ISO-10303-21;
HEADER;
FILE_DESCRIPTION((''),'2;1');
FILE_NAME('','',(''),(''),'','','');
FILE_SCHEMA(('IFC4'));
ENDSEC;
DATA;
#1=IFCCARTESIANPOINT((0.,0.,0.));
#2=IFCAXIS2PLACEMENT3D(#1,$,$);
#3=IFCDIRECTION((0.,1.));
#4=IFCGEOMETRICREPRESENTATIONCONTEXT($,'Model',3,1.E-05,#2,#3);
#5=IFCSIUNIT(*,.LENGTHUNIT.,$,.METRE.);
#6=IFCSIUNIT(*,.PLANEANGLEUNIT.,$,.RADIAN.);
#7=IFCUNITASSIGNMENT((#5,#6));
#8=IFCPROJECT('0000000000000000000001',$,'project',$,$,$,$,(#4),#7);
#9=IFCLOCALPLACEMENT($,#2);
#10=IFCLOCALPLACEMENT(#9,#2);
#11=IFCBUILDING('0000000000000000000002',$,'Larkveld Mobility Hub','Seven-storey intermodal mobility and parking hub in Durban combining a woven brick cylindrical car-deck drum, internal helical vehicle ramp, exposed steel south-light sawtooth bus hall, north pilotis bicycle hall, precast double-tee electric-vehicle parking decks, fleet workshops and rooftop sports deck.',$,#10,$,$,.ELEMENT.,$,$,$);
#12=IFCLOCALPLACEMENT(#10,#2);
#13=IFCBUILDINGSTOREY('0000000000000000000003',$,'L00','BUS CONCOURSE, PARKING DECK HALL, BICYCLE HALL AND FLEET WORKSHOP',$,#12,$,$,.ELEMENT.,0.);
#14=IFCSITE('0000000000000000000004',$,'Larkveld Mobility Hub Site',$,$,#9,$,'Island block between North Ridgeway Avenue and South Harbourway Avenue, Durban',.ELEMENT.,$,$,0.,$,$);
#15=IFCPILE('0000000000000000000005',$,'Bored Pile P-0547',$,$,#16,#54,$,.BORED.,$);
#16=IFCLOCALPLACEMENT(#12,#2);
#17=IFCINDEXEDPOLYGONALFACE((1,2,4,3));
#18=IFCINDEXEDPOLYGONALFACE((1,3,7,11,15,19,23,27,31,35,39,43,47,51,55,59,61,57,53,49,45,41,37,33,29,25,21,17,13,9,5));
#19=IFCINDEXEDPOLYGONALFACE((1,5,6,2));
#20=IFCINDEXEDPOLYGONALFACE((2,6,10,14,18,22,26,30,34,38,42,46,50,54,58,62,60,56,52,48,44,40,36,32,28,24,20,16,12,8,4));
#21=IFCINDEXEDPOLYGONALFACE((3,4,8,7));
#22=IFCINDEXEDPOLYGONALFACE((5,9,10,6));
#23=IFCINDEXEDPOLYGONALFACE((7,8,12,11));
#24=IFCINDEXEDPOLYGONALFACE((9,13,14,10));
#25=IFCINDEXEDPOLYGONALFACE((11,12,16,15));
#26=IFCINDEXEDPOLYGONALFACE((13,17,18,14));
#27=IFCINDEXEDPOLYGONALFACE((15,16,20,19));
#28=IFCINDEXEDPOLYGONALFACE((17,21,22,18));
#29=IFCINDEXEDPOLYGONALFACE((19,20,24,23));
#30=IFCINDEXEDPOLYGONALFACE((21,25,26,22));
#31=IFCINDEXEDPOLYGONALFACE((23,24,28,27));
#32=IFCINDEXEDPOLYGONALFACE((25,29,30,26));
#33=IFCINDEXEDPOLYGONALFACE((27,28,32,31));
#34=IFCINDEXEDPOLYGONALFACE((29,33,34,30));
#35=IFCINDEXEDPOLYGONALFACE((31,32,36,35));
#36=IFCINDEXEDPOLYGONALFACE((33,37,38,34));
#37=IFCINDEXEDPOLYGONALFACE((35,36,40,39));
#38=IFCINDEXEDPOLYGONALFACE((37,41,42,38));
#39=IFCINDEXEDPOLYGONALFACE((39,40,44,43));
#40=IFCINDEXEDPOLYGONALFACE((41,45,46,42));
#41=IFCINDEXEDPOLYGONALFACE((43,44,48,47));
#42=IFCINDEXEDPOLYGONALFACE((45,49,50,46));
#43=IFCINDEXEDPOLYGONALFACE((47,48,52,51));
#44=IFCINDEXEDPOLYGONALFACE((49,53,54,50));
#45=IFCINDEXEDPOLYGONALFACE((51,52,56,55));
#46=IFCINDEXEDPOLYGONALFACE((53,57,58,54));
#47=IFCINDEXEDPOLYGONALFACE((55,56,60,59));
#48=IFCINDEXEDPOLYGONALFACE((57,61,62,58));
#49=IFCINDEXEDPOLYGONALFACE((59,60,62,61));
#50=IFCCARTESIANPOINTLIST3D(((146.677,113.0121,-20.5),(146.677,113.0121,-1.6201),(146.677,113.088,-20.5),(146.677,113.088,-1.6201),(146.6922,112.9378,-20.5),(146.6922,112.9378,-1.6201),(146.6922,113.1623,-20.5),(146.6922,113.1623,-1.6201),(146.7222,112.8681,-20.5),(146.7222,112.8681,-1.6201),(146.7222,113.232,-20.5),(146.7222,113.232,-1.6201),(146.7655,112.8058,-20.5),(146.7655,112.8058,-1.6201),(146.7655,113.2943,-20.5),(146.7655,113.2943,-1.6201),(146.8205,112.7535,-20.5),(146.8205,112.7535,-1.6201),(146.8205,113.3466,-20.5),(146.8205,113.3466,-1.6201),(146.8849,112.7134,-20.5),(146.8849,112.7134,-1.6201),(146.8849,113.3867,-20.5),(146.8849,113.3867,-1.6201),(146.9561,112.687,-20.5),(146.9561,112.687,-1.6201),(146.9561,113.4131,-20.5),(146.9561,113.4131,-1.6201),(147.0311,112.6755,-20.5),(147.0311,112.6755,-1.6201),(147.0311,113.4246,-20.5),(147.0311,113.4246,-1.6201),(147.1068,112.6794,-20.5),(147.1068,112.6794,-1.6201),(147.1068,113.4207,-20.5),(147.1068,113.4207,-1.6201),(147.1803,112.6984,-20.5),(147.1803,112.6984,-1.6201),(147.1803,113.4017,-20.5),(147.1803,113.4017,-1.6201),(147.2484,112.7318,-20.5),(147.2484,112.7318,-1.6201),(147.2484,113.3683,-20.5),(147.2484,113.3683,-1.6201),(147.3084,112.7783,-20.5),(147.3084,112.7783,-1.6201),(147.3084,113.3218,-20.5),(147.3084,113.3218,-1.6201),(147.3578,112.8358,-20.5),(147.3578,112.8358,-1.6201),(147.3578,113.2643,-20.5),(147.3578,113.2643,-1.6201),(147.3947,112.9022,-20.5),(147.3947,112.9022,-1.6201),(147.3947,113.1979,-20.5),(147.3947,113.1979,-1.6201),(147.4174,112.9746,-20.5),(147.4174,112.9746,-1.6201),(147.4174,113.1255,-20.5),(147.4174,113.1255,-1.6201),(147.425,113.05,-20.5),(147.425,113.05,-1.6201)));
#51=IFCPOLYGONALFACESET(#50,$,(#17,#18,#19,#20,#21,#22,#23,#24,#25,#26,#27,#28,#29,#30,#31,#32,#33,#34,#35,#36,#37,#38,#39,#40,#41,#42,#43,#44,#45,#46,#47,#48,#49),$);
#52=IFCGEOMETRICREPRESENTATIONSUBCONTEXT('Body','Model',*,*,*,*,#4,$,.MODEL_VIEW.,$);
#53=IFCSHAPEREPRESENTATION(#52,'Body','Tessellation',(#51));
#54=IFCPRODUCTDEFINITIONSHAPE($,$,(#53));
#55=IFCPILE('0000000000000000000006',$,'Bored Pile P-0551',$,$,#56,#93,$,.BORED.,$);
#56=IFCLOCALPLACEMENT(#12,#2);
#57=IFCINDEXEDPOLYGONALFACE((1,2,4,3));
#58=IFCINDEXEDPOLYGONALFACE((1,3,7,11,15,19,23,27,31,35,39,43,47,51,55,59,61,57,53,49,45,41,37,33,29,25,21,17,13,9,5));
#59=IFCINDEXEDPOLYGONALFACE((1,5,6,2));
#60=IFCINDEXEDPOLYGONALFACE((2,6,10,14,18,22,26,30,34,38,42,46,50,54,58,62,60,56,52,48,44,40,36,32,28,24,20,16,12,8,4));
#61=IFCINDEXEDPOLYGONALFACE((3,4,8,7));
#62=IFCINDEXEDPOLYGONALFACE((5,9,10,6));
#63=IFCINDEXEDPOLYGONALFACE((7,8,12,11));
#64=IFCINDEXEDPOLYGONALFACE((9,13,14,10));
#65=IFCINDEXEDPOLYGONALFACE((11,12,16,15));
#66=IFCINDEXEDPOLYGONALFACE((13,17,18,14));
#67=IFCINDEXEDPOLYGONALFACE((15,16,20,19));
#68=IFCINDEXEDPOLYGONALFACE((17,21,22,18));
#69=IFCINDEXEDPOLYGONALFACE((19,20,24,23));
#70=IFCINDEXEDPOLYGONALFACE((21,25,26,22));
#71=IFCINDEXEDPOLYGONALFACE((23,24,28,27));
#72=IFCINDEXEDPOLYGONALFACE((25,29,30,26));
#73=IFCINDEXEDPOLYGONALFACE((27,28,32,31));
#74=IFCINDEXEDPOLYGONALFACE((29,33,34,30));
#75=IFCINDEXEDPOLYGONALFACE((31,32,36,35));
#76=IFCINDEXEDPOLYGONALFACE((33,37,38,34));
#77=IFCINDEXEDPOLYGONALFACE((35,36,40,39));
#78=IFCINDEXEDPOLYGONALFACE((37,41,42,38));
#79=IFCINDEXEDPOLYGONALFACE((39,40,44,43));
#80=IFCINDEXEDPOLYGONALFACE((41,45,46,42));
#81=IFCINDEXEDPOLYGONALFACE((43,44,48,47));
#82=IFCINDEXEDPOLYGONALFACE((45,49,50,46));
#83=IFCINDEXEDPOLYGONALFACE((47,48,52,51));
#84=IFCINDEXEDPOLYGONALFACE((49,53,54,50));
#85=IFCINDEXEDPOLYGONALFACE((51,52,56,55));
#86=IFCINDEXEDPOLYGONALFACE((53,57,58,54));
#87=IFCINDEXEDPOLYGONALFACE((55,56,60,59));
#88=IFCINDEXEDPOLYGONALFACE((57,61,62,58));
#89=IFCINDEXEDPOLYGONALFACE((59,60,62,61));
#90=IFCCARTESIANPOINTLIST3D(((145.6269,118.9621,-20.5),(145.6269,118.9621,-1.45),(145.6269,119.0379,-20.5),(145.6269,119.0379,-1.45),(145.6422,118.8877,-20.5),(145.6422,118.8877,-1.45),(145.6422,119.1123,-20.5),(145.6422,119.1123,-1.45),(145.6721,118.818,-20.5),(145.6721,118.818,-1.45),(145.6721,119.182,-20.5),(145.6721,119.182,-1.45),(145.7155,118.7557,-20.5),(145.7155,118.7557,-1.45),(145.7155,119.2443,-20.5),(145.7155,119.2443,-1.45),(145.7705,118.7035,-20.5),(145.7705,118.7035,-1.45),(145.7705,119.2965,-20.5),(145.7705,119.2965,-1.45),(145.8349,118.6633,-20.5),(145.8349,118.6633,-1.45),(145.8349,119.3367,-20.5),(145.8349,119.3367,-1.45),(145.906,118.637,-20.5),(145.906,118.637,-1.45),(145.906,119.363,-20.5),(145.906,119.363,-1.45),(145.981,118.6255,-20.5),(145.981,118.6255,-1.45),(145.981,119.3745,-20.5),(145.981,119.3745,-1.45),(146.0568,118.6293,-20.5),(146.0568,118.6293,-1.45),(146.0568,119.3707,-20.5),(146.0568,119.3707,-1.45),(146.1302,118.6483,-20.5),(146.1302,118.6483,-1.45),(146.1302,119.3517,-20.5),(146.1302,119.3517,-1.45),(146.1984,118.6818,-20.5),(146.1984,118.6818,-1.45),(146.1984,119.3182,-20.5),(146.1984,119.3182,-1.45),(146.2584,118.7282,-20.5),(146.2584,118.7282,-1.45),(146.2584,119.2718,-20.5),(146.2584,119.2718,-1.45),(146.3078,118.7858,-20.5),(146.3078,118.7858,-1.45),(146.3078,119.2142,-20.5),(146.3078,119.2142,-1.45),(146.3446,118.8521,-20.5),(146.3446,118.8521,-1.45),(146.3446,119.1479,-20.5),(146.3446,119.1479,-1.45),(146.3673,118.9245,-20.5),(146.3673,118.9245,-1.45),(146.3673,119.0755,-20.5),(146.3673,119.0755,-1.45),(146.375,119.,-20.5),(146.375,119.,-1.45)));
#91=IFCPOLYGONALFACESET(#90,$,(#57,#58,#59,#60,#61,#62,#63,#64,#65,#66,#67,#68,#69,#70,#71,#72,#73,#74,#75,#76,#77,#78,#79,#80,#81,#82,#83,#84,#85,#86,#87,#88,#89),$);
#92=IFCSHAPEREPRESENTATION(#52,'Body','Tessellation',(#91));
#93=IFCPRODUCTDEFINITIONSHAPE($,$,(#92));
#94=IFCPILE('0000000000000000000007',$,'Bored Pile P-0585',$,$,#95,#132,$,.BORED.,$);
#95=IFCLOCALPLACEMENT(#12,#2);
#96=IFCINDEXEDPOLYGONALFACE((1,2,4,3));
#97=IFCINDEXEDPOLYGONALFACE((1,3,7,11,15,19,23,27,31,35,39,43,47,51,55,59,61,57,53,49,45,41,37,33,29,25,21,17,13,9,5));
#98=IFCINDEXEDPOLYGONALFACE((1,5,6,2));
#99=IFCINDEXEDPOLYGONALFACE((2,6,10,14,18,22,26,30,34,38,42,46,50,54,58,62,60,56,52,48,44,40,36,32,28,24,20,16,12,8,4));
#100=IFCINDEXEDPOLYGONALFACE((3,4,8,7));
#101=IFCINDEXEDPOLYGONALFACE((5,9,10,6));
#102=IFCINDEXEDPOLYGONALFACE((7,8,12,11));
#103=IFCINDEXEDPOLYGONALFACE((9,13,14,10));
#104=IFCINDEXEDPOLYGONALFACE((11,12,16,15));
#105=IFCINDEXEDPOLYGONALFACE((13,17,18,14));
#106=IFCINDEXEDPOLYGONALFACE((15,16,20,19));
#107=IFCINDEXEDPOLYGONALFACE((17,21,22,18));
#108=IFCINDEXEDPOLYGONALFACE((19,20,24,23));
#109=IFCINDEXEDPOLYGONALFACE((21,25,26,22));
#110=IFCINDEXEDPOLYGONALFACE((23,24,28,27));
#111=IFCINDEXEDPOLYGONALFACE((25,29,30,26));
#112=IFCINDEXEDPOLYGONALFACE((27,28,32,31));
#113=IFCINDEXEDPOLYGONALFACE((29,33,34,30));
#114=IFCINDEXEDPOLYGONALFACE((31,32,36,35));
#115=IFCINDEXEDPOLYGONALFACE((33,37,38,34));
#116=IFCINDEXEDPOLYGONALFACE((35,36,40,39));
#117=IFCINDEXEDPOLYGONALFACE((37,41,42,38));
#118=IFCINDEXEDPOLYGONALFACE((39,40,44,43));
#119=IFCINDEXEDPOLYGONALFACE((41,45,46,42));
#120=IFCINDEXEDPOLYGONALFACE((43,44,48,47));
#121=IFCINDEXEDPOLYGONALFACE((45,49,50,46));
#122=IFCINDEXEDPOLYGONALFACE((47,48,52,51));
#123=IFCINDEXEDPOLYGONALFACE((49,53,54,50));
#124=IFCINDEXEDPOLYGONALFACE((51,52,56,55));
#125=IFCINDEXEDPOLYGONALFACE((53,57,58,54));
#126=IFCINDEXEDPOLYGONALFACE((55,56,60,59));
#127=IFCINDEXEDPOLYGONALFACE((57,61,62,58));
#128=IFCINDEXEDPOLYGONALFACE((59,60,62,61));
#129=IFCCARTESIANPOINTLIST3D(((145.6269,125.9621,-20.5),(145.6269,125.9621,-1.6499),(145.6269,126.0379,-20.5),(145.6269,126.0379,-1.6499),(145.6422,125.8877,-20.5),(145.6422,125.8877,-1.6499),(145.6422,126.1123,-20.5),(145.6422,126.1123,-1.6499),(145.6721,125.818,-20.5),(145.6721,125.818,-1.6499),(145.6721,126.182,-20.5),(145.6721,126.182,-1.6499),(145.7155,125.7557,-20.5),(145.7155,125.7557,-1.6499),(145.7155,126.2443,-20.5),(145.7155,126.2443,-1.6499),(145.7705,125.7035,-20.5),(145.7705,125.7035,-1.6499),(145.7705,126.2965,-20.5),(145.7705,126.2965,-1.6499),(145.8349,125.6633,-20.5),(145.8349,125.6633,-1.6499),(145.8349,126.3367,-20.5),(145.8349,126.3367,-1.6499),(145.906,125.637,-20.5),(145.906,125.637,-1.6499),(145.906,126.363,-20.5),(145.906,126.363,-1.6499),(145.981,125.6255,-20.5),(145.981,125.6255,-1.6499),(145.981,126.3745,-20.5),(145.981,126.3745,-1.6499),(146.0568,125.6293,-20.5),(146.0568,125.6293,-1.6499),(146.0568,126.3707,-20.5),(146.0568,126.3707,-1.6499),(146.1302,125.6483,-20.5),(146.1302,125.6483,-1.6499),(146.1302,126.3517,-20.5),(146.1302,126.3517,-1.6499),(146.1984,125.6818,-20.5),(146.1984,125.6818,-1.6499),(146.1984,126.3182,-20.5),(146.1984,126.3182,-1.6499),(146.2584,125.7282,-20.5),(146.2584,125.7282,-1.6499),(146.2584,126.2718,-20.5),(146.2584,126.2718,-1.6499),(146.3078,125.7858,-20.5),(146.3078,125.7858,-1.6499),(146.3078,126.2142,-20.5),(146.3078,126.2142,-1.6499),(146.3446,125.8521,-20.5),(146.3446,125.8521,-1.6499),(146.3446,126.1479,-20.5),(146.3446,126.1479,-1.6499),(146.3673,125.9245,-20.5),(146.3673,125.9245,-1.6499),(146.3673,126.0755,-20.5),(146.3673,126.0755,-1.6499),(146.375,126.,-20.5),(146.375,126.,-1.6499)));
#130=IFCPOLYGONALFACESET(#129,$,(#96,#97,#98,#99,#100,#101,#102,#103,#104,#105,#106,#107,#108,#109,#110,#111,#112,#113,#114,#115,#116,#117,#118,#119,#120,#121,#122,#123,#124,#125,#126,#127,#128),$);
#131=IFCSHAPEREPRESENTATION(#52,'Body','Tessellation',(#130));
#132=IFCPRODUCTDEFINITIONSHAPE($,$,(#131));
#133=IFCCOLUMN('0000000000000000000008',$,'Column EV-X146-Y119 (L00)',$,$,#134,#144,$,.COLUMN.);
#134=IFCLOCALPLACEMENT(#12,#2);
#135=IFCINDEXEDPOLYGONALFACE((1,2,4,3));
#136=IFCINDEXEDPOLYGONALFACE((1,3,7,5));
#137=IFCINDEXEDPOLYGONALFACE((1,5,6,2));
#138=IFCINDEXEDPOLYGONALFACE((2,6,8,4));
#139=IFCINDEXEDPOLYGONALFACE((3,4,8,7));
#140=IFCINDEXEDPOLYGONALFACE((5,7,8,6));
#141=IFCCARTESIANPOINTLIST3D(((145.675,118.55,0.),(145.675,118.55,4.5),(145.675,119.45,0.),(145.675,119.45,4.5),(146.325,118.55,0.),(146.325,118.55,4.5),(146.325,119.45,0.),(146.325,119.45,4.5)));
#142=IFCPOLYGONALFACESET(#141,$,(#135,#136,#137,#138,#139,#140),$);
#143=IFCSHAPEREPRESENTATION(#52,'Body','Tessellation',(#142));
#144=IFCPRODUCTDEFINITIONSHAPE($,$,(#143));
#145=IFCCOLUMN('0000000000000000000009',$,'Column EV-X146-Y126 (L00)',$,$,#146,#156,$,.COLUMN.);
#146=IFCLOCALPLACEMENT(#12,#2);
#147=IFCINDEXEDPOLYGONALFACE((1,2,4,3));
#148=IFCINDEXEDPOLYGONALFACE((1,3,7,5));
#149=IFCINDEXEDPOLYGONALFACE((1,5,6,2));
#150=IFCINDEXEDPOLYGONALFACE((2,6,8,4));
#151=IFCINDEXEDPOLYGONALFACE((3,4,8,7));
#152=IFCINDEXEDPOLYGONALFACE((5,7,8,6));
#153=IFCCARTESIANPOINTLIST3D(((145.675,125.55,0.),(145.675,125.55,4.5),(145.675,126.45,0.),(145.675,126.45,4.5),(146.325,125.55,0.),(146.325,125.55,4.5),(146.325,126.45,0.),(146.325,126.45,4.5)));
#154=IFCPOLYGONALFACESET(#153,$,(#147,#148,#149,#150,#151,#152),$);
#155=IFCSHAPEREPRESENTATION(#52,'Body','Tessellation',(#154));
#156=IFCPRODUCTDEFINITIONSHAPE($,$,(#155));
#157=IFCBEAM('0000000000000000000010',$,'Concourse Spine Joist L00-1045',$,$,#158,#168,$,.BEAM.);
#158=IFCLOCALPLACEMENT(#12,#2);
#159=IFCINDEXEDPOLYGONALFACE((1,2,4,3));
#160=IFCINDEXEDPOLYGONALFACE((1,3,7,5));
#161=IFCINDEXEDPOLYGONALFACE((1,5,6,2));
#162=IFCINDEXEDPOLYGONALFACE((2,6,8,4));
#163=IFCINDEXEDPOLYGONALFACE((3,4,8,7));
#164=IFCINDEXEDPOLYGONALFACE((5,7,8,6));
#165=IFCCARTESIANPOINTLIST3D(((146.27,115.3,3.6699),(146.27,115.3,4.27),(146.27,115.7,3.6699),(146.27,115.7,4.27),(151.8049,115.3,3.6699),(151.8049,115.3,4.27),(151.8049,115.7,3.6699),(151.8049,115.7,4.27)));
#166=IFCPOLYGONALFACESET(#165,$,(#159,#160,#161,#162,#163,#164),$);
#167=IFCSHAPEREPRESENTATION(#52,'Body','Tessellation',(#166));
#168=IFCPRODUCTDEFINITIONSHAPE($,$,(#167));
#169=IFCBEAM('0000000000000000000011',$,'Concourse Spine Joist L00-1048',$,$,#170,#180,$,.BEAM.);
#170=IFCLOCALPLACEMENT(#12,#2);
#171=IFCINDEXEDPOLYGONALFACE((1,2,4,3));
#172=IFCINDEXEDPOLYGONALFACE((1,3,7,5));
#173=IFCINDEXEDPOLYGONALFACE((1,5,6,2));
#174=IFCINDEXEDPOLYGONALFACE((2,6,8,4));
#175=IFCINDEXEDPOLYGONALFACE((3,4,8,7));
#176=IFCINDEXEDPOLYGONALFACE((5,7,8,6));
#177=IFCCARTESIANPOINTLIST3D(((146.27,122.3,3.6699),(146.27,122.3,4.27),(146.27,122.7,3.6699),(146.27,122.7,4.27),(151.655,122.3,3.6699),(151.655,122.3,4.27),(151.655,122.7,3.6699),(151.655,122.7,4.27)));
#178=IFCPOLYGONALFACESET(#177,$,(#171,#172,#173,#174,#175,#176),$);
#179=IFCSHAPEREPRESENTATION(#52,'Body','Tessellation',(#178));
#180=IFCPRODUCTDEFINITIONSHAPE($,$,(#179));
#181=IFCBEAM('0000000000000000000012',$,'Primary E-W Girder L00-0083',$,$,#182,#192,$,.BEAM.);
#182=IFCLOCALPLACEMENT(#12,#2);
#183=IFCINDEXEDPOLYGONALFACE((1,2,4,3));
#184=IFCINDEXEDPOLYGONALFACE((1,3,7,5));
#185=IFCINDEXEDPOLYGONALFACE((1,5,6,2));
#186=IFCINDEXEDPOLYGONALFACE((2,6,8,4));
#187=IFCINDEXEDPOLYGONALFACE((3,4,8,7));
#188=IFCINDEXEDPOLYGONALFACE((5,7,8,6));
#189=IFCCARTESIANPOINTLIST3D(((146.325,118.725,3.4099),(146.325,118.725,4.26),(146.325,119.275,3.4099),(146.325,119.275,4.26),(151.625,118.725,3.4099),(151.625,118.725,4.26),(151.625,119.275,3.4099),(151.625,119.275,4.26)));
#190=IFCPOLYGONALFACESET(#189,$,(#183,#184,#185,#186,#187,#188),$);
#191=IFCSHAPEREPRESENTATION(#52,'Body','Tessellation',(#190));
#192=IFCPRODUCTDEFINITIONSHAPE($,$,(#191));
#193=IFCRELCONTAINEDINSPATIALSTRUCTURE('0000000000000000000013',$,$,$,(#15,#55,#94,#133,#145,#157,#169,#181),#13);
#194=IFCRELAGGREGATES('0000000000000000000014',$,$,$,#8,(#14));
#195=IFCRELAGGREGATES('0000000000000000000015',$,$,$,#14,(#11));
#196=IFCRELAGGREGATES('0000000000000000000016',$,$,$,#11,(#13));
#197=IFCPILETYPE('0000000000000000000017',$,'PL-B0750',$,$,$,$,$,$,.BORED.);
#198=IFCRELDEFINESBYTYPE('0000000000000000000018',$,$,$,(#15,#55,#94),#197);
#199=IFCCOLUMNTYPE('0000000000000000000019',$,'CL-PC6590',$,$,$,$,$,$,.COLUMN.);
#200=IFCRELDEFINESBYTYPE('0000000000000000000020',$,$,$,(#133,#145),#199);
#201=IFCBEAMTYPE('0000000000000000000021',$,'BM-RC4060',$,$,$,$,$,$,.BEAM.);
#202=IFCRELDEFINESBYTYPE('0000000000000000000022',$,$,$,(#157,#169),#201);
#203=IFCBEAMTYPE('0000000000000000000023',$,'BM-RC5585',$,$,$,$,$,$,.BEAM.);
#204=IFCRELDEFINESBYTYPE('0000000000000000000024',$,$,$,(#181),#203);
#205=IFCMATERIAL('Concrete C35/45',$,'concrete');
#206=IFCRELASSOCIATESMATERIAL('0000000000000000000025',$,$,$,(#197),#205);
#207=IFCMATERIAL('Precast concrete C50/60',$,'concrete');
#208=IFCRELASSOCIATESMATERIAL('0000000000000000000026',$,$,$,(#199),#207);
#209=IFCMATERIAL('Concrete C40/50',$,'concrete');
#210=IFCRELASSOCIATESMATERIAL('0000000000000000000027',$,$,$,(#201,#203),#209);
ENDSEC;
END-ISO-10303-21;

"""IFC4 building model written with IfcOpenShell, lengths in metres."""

from ifc_helpers import new_model, si_unit, direction, frame, origin, origin_2d, place, context, subcontext, project, spatial, rectangle, circle, extrude, material, material_profile, profile_set, type_object, element, save


model = new_model("IFC4")

# Units and contexts
model_context = context("Model", 3, precision=1e-05, world=origin(), true_north=direction((0.0, 1.0)))
body_context = subcontext(model_context, "Body", "Model", "MODEL_VIEW")
ifc_project = project(units=[si_unit("LENGTHUNIT", "METRE"), si_unit("PLANEANGLEUNIT", "RADIAN")], contexts=[model_context])

# Site, building, storey
site_placement = place(None, origin())
site = spatial("IfcSite", under=ifc_project, at=site_placement, Name="Larkveld Mobility Hub Site", LongName="Island block between North Ridgeway Avenue and South Harbourway Avenue, Durban", CompositionType="ELEMENT", RefElevation=0.0)
building_placement = place(site_placement, origin())
building = spatial("IfcBuilding", under=site, at=building_placement, Name="Larkveld Mobility Hub", Description="Seven-storey intermodal mobility and parking hub in Durban combining a woven brick cylindrical car-deck drum, internal helical vehicle ramp, exposed steel south-light sawtooth bus hall, north pilotis bicycle hall, precast double-tee electric-vehicle parking decks, fleet workshops and rooftop sports deck.", CompositionType="ELEMENT")
storey_placement = place(building_placement, origin())
storey = spatial("IfcBuildingStorey", under=building, at=storey_placement, Name="L00", Description="BUS CONCOURSE, PARKING DECK HALL, BICYCLE HALL AND FLEET WORKSHOP", CompositionType="ELEMENT", Elevation=0.0)

# Shared definitions
ifc_material_1 = material(Name="Concrete C35/45", Category="concrete")

# Piles
ifc_material_profile_1 = material_profile(ifc_material_1, circle(Radius=0.375, at=origin_2d()), Name="PILE D750")
ifc_profile_set_1 = profile_set([ifc_material_profile_1], Name="Concrete C35/45")
pile_type = type_object("IfcPileType", Name="PL-B0750", PredefinedType="BORED", material=ifc_profile_set_1)
for number, where, z_axis, x_axis, name in (
    (1, (147.05, 113.05, -1.6201), (0.0, 0.0, -1.0), (1.0, 0.0, 0.0), "Bored Pile P-0547"),
):
    element("IfcPile", number, at=place(storey_placement, frame(where, z_axis=z_axis, x_axis=x_axis)), inside=storey, type_object=pile_type, Name=name, PredefinedType="BORED", context=body_context, shape_type="SweptSolid", body=[
        extrude(circle(Radius=0.375, at=origin_2d()), origin(), (0.0, 0.0, 1.0), 18.8799),
    ])
pile_1_placement = place(storey_placement, frame((146.0, 119.0, -1.45), z_axis=(0.0, 0.0, -1.0), x_axis=(1.0, 0.0, 0.0)))
element("IfcPile", 2, at=pile_1_placement, inside=storey, type_object=pile_type, Name="Bored Pile P-0551", PredefinedType="BORED", context=body_context, shape_type="SweptSolid", body=[
    extrude(circle(Radius=0.375, at=origin_2d()), origin(), (0.0, 0.0, 1.0), 19.05),
])
pile_2_placement = place(storey_placement, frame((146.0, 126.0, -1.6499), z_axis=(0.0, 0.0, -1.0), x_axis=(1.0, 0.0, 0.0)))
element("IfcPile", 3, at=pile_2_placement, inside=storey, type_object=pile_type, Name="Bored Pile P-0585", PredefinedType="BORED", context=body_context, shape_type="SweptSolid", body=[
    extrude(circle(Radius=0.375, at=origin_2d()), origin(), (0.0, 0.0, 1.0), 18.8501),
])

# Columns
ifc_material_2 = material(Name="Precast concrete C50/60", Category="concrete")
ifc_material_profile_2 = material_profile(ifc_material_2, rectangle(XDim=0.6499, YDim=0.8999, at=origin_2d()), Name="RC COL 650x900")
ifc_profile_set_2 = profile_set([ifc_material_profile_2], Name="Precast concrete C50/60")
column_type = type_object("IfcColumnType", Name="CL-PC6590", PredefinedType="COLUMN", material=ifc_profile_set_2)
for number, where, z_axis, x_axis, name in (
    (4, (146.0, 119.0, 0.0), (0.0, 0.0, 1.0), (1.0, 0.0, 0.0), "Column EV-X146-Y119 (L00)"),
    (5, (146.0, 126.0, 0.0), (0.0, 0.0, 1.0), (1.0, 0.0, 0.0), "Column EV-X146-Y126 (L00)"),
):
    element("IfcColumn", number, at=place(storey_placement, frame(where, z_axis=z_axis, x_axis=x_axis)), inside=storey, type_object=column_type, Name=name, PredefinedType="COLUMN", context=body_context, shape_type="SweptSolid", body=[
        extrude(rectangle(XDim=0.6499, YDim=0.8999, at=origin_2d()), origin(), (0.0, 0.0, 1.0), 4.5),
    ])

# Beams
ifc_material_3 = material(Name="Concrete C40/50", Category="concrete")
ifc_material_profile_3 = material_profile(ifc_material_3, rectangle(XDim=0.3999, YDim=0.6001, at=origin_2d()), Name="RC BM 400x600")
ifc_profile_set_3 = profile_set([ifc_material_profile_3], Name="Concrete C40/50")
beam_type_1 = type_object("IfcBeamType", Name="BM-RC4060", PredefinedType="BEAM", material=ifc_profile_set_3)
beam_1_placement = place(storey_placement, frame((146.27, 115.5, 3.97), z_axis=(1.0, 0.0, 0.0), x_axis=(0.0, 1.0, 0.0)))
element("IfcBeam", 6, at=beam_1_placement, inside=storey, type_object=beam_type_1, Name="Concourse Spine Joist L00-1045", PredefinedType="BEAM", context=body_context, shape_type="SweptSolid", body=[
    extrude(rectangle(XDim=0.3999, YDim=0.6001, at=origin_2d()), origin(), (0.0, 0.0, 1.0), 5.5349),
])
beam_2_placement = place(storey_placement, frame((146.27, 122.5, 3.97), z_axis=(1.0, 0.0, 0.0), x_axis=(0.0, 1.0, 0.0)))
element("IfcBeam", 7, at=beam_2_placement, inside=storey, type_object=beam_type_1, Name="Concourse Spine Joist L00-1048", PredefinedType="BEAM", context=body_context, shape_type="SweptSolid", body=[
    extrude(rectangle(XDim=0.3999, YDim=0.6001, at=origin_2d()), origin(), (0.0, 0.0, 1.0), 5.385),
])
ifc_material_profile_4 = material_profile(ifc_material_3, rectangle(XDim=0.55, YDim=0.8501, at=origin_2d()), Name="RC BM 550x850")
ifc_profile_set_4 = profile_set([ifc_material_profile_4], Name="Concrete C40/50")
beam_type_2 = type_object("IfcBeamType", Name="BM-RC5585", PredefinedType="BEAM", material=ifc_profile_set_4)
beam_3_placement = place(storey_placement, frame((146.325, 119.0, 3.835), z_axis=(1.0, 0.0, 0.0), x_axis=(0.0, 1.0, 0.0)))
element("IfcBeam", 8, at=beam_3_placement, inside=storey, type_object=beam_type_2, Name="Primary E-W Girder L00-0083", PredefinedType="BEAM", context=body_context, shape_type="SweptSolid", body=[
    extrude(rectangle(XDim=0.55, YDim=0.8501, at=origin_2d()), origin(), (0.0, 0.0, 1.0), 5.3),
])

save(model, "model.ifc")
